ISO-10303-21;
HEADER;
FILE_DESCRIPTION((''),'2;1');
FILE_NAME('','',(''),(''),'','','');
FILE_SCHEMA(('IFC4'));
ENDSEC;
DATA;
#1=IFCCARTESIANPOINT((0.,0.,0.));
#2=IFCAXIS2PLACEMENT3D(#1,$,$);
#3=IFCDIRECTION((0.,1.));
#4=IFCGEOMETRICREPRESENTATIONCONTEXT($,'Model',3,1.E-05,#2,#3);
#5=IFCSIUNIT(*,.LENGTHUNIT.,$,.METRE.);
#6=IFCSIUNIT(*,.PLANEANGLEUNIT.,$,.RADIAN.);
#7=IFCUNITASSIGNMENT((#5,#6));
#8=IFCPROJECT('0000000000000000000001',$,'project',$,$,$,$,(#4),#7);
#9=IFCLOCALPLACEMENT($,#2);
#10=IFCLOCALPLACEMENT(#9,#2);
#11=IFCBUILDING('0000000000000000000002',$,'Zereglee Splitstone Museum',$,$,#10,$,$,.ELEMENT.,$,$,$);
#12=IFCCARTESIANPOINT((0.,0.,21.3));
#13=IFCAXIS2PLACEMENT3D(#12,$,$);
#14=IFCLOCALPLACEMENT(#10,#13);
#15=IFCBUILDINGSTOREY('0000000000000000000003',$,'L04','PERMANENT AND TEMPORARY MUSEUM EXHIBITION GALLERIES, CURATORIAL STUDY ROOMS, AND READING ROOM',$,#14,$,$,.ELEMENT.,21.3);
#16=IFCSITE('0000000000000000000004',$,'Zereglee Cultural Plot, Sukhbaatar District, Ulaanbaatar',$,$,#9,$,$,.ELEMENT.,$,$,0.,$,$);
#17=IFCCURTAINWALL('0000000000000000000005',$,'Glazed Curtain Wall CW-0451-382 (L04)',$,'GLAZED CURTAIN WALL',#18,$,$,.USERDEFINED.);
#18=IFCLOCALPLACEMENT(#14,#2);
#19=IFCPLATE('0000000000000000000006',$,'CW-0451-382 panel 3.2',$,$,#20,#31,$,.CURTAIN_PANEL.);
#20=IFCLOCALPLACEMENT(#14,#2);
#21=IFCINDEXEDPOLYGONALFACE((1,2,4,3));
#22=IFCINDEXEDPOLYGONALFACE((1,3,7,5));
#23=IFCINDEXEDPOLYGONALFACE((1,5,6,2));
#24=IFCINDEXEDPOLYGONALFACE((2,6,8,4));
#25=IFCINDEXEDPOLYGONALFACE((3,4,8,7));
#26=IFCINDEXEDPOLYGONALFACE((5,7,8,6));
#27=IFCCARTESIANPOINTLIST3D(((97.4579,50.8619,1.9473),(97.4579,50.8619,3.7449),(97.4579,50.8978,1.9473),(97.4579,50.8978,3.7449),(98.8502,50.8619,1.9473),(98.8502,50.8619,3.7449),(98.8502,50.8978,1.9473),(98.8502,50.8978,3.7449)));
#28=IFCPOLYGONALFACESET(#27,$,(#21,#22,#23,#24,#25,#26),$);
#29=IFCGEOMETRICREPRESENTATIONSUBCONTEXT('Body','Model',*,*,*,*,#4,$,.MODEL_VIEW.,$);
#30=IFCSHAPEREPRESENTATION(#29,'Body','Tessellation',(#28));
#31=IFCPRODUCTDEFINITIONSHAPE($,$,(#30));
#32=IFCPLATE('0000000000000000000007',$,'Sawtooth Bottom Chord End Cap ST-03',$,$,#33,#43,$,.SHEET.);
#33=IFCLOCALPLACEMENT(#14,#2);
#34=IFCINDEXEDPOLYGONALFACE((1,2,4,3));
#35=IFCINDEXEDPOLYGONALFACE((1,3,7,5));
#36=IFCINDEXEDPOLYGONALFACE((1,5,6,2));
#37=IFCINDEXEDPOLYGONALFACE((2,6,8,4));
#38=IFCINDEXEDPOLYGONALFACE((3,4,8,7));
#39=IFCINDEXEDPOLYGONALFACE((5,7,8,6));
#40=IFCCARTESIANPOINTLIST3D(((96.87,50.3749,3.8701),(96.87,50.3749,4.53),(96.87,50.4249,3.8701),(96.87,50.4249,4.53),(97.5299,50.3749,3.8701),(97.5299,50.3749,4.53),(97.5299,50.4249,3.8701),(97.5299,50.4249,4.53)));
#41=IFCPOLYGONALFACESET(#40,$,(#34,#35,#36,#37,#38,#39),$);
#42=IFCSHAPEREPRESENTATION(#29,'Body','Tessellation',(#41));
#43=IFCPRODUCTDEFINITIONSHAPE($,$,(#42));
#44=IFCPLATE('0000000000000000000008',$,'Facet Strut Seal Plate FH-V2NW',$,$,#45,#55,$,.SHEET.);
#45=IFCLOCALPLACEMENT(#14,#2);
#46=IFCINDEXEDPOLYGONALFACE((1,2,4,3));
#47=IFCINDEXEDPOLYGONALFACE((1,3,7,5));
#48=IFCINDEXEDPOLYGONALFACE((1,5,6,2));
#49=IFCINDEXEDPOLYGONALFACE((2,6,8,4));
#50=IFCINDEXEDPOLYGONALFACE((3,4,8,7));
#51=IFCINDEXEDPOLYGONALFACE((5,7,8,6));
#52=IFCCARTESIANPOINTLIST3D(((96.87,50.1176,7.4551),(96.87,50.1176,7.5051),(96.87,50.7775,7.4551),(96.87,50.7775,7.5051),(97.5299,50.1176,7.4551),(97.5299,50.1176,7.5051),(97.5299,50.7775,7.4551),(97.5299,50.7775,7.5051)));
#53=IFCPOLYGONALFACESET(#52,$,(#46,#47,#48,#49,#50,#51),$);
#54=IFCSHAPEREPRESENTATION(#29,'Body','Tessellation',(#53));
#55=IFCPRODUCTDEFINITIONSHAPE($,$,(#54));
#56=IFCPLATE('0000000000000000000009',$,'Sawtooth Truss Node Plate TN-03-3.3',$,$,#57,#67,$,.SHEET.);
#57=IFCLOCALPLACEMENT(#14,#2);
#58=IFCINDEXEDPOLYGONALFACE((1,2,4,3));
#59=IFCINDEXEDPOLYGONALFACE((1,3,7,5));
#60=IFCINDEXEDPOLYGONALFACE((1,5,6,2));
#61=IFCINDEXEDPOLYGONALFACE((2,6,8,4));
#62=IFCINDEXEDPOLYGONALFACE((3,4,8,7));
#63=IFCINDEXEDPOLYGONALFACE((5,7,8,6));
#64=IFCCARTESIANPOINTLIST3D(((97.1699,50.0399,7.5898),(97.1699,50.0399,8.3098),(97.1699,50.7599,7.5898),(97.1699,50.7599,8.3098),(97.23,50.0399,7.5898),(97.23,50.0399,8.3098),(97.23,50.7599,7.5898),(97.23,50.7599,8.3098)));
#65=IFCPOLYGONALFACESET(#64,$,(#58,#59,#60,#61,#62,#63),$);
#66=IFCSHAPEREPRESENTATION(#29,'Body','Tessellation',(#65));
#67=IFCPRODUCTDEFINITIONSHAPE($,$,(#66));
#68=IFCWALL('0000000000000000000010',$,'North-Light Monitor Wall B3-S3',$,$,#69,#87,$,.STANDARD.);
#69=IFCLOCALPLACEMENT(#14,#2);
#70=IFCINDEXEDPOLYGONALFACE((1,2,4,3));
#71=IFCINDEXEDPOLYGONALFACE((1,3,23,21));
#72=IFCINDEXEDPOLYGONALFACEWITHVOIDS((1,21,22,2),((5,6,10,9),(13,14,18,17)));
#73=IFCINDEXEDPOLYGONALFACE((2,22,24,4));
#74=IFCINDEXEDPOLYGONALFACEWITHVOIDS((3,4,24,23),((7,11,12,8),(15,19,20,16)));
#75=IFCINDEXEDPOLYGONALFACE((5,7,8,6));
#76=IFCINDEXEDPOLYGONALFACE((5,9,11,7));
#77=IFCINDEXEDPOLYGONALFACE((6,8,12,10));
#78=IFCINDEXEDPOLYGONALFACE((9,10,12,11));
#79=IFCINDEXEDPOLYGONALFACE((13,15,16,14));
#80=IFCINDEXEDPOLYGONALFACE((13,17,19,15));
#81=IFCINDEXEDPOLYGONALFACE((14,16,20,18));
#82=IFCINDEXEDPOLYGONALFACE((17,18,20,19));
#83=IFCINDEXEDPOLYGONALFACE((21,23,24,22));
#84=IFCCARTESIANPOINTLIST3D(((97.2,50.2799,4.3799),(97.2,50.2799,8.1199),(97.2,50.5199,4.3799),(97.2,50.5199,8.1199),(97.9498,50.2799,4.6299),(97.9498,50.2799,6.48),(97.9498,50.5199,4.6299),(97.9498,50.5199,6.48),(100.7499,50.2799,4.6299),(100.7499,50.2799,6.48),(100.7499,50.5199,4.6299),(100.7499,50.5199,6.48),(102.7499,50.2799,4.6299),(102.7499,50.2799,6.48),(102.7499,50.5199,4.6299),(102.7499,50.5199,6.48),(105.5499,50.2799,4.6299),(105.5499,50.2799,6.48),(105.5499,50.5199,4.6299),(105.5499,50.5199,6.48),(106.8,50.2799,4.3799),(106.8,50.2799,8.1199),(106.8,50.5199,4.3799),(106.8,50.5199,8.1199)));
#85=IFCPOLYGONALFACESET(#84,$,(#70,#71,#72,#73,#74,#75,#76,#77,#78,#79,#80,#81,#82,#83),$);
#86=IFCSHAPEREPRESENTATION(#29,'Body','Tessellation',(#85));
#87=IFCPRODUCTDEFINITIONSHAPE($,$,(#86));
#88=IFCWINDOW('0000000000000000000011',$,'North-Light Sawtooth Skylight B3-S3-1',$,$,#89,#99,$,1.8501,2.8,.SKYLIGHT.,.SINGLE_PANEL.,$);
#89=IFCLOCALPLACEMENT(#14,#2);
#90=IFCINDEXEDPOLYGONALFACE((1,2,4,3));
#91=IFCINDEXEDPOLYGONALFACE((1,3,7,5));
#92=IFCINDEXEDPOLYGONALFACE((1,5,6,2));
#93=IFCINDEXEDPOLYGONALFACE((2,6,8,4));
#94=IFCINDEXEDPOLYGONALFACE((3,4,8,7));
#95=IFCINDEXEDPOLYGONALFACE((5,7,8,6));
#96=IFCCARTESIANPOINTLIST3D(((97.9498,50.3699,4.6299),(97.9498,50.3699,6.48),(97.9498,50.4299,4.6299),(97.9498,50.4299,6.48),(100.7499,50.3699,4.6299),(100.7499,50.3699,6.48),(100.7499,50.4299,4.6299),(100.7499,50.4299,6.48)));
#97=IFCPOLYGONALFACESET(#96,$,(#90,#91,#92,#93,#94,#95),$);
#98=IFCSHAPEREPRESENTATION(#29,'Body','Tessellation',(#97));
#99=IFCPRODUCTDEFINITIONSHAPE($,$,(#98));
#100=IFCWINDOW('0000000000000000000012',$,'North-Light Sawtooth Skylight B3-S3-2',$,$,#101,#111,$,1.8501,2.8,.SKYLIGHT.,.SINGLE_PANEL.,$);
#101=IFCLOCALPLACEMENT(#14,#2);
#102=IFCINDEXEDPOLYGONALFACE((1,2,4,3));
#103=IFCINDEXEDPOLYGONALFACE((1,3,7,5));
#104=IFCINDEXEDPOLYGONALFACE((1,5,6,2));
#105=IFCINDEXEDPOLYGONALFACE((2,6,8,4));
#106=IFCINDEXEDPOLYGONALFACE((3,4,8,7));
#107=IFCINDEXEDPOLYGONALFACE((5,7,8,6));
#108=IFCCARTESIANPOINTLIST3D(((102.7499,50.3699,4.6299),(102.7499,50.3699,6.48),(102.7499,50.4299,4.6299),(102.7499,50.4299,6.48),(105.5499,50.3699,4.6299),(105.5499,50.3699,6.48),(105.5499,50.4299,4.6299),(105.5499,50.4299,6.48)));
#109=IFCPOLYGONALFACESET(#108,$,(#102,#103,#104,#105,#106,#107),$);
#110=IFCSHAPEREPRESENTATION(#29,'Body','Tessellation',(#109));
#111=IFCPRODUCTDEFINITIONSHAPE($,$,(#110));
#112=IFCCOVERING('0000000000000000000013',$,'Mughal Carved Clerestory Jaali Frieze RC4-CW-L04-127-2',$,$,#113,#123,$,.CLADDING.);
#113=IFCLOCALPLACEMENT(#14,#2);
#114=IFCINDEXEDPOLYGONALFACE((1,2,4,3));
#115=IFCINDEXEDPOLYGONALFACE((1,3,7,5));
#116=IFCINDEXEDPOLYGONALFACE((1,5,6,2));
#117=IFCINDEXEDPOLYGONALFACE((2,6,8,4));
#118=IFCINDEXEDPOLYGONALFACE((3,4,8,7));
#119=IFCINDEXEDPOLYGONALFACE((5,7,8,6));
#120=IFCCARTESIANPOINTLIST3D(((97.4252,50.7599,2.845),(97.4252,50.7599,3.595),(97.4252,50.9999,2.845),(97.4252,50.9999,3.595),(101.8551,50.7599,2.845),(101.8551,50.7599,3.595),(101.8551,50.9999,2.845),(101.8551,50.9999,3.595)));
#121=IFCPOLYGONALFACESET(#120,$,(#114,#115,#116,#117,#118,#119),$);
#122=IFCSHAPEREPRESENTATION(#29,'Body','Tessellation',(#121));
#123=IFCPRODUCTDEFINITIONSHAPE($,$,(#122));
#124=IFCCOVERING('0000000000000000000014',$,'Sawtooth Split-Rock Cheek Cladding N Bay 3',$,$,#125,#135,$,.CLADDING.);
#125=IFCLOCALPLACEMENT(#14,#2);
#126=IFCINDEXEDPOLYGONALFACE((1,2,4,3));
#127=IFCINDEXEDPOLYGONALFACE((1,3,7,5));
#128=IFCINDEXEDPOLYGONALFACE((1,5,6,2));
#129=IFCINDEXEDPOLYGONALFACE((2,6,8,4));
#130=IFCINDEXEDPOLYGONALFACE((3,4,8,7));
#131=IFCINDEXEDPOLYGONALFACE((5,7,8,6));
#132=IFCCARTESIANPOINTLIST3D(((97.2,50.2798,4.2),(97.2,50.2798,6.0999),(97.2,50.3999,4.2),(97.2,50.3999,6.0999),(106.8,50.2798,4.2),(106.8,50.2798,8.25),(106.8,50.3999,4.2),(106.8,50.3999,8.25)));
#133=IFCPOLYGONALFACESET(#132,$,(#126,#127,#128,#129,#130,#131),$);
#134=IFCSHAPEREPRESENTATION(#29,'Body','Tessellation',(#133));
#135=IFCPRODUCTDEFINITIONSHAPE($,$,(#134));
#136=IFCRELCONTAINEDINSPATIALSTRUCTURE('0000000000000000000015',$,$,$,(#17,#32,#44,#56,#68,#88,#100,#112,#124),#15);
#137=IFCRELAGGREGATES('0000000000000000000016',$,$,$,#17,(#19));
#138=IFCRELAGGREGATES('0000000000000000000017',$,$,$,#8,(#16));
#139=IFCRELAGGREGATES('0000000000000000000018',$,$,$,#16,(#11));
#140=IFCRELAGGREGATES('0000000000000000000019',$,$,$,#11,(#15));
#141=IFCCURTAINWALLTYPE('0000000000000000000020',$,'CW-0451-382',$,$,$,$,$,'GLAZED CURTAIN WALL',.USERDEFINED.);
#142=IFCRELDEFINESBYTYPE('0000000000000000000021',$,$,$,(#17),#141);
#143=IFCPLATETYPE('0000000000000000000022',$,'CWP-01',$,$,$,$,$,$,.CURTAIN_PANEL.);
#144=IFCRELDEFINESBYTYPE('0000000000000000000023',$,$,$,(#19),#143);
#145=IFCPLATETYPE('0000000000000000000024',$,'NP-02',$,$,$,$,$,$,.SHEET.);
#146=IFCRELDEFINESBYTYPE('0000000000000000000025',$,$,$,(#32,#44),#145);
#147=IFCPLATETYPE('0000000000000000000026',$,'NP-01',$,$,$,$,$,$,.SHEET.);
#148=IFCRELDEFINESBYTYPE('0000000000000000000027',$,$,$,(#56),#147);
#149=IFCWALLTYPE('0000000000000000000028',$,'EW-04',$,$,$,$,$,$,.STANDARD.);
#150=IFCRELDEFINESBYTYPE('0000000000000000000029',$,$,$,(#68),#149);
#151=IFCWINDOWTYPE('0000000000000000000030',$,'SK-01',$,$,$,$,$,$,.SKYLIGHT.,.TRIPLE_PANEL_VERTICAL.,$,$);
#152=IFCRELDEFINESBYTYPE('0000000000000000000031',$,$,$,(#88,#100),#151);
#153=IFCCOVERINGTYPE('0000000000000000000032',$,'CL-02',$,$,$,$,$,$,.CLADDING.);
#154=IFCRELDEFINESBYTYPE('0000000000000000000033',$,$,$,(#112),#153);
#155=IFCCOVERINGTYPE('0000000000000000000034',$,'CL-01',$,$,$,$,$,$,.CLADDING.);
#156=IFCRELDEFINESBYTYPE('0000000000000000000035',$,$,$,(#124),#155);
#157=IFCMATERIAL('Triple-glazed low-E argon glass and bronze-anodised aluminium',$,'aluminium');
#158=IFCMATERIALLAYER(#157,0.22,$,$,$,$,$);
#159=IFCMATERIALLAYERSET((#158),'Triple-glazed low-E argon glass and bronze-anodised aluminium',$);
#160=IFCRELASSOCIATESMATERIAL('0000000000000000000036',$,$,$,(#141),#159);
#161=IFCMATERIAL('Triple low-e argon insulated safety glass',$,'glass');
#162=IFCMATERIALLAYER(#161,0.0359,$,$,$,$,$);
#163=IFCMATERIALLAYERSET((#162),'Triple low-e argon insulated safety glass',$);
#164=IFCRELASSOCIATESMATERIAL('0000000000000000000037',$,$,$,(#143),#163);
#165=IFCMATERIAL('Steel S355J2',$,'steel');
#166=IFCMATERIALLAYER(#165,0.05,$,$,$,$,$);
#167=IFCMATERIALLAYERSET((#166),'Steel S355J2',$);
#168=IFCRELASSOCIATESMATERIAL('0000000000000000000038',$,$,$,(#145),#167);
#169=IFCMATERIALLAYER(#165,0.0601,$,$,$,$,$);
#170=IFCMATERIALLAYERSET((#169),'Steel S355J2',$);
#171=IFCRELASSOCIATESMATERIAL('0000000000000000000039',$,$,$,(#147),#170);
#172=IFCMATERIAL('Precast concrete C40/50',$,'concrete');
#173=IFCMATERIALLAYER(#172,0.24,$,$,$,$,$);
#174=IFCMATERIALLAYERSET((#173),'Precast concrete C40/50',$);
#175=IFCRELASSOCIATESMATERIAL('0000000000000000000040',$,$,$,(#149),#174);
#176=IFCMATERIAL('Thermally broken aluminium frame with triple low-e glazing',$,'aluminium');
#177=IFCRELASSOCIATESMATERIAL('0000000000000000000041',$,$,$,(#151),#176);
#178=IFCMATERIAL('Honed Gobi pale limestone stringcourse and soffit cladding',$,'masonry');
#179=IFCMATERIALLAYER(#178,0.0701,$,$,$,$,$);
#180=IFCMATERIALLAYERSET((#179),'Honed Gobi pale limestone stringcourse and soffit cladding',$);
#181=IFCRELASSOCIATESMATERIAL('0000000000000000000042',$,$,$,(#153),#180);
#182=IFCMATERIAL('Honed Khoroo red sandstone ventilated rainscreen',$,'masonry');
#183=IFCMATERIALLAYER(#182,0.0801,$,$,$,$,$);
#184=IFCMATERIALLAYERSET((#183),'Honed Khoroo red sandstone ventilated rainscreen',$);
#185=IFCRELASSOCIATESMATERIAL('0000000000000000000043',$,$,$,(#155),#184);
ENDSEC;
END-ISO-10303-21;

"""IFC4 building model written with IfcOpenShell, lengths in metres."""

from ifc_helpers import new_model, si_unit, direction, frame, frame_2d, origin, origin_2d, place, context, subcontext, project, spatial, polyline, rectangle, outline, extrude, material, layer, layer_set, type_object, element, fill, aggregate, save


model = new_model("IFC4")

# Units and contexts
model_context = context("Model", 3, precision=1e-05, world=origin(), true_north=direction((0.0, 1.0)))
body_context = subcontext(model_context, "Body", "Model", "MODEL_VIEW")
ifc_project = project(units=[si_unit("LENGTHUNIT", "METRE"), si_unit("PLANEANGLEUNIT", "RADIAN")], contexts=[model_context])

# Site, building, storey
site_placement = place(None, origin())
site = spatial("IfcSite", under=ifc_project, at=site_placement, Name="Zereglee Cultural Plot, Sukhbaatar District, Ulaanbaatar", CompositionType="ELEMENT", RefElevation=0.0)
building_placement = place(site_placement, origin())
building = spatial("IfcBuilding", under=site, at=building_placement, Name="Zereglee Splitstone Museum", CompositionType="ELEMENT")
storey_placement = place(building_placement, frame((0.0, 0.0, 21.3)))
storey = spatial("IfcBuildingStorey", under=building, at=storey_placement, Name="L04", Description="PERMANENT AND TEMPORARY MUSEUM EXHIBITION GALLERIES, CURATORIAL STUDY ROOMS, AND READING ROOM", CompositionType="ELEMENT", Elevation=21.3)

# Curtain wall
ifc_material_1 = material(Name="Triple-glazed low-E argon glass and bronze-anodised aluminium", Category="aluminium")
ifc_layer_1 = layer(ifc_material_1, 0.22)
ifc_layer_set_1 = layer_set([ifc_layer_1], Name="Triple-glazed low-E argon glass and bronze-anodised aluminium")
curtain_wall_type_1 = type_object("IfcCurtainWallType", Name="CW-0451-382", ElementType="GLAZED CURTAIN WALL", PredefinedType="USERDEFINED", material=ifc_layer_set_1)
curtain_wall_1_placement = place(storey_placement, origin())
curtain_wall_1 = element("IfcCurtainWall", 1, at=curtain_wall_1_placement, inside=storey, type_object=curtain_wall_type_1, Name="Glazed Curtain Wall CW-0451-382 (L04)", ObjectType="GLAZED CURTAIN WALL", PredefinedType="USERDEFINED")

# Shared definitions
ifc_material_2 = material(Name="Steel S355J2", Category="steel")

# Plate
ifc_material_3 = material(Name="Triple low-e argon insulated safety glass", Category="glass")
ifc_layer_2 = layer(ifc_material_3, 0.0359)
ifc_layer_set_2 = layer_set([ifc_layer_2], Name="Triple low-e argon insulated safety glass")
plate_type_1 = type_object("IfcPlateType", Name="CWP-01", PredefinedType="CURTAIN_PANEL", material=ifc_layer_set_2)
plate_1_placement = place(storey_placement, frame((98.1541, 50.8799, 1.9473), z_axis=(0.0, 0.0, 1.0), x_axis=(-1.0, 0.0, 0.0)))
plate_1 = element("IfcPlate", 2, at=plate_1_placement, type_object=plate_type_1, Name="CW-0451-382 panel 3.2", PredefinedType="CURTAIN_PANEL", context=body_context, shape_type="SweptSolid", body=[
    extrude(rectangle(XDim=1.3923, YDim=0.0359, at=origin_2d()), origin(), (0.0, 0.0, 1.0), 1.7976),
])
aggregate(curtain_wall_1, [plate_1])

# Plates
ifc_layer_3 = layer(ifc_material_2, 0.05)
ifc_layer_set_3 = layer_set([ifc_layer_3], Name="Steel S355J2")
plate_type_2 = type_object("IfcPlateType", Name="NP-02", PredefinedType="SHEET", material=ifc_layer_set_3)
plate_2_placement = place(storey_placement, frame((97.2, 50.3999, 3.8701), z_axis=(0.0, 0.0, 1.0), x_axis=(1.0, 0.0, 0.0)))
element("IfcPlate", 3, at=plate_2_placement, inside=storey, type_object=plate_type_2, Name="Sawtooth Bottom Chord End Cap ST-03", PredefinedType="SHEET", context=body_context, shape_type="SweptSolid", body=[
    extrude(rectangle(XDim=0.6599, YDim=0.05, at=origin_2d()), origin(), (0.0, 0.0, 1.0), 0.6599),
])
plate_3_placement = place(storey_placement, frame((97.2, 50.4475, 7.4551), z_axis=(0.0, 0.0, 1.0), x_axis=(1.0, 0.0, 0.0)))
element("IfcPlate", 4, at=plate_3_placement, inside=storey, type_object=plate_type_2, Name="Facet Strut Seal Plate FH-V2NW", PredefinedType="SHEET", context=body_context, shape_type="SweptSolid", body=[
    extrude(rectangle(XDim=0.6599, YDim=0.6599, at=origin_2d()), origin(), (0.0, 0.0, 1.0), 0.05),
])
ifc_layer_4 = layer(ifc_material_2, 0.0601)
ifc_layer_set_4 = layer_set([ifc_layer_4], Name="Steel S355J2")
plate_type_3 = type_object("IfcPlateType", Name="NP-01", PredefinedType="SHEET", material=ifc_layer_set_4)
plate_4_placement = place(storey_placement, frame((97.2, 50.3999, 7.5898), z_axis=(0.0, 0.0, 1.0), x_axis=(1.0, 0.0, 0.0)))
element("IfcPlate", 5, at=plate_4_placement, inside=storey, type_object=plate_type_3, Name="Sawtooth Truss Node Plate TN-03-3.3", PredefinedType="SHEET", context=body_context, shape_type="SweptSolid", body=[
    extrude(rectangle(XDim=0.0601, YDim=0.72, at=origin_2d()), origin(), (0.0, 0.0, 1.0), 0.72),
])

# Wall, openings, windows
ifc_material_4 = material(Name="Precast concrete C40/50", Category="concrete")
ifc_layer_5 = layer(ifc_material_4, 0.24)
ifc_layer_set_5 = layer_set([ifc_layer_5], Name="Precast concrete C40/50")
wall_type = type_object("IfcWallType", Name="EW-04", PredefinedType="STANDARD", material=ifc_layer_set_5)
wall_placement = place(storey_placement, frame((97.2, 50.3999, 4.3799), z_axis=(0.0, 0.0, 1.0), x_axis=(1.0, 0.0, 0.0)))
wall = element("IfcWall", 6, at=wall_placement, inside=storey, type_object=wall_type, Name="North-Light Monitor Wall B3-S3", PredefinedType="STANDARD", context=body_context, shape_type="SweptSolid", body=[
    extrude(rectangle(XDim=9.6001, YDim=0.24, at=frame_2d((4.8, 0.0))), origin(), (0.0, 0.0, 1.0), 3.74),
])
opening_1_placement = place(wall_placement, frame((0.75, 0.0, 0.25)))
opening_1 = element("IfcOpeningElement", 7, at=opening_1_placement, cuts=wall, PredefinedType="OPENING", context=body_context, shape_type="SweptSolid", body=[
    extrude(rectangle(XDim=2.8, YDim=1.8501, at=frame_2d((1.3999, 0.925))), frame((0.0, 0.1348, 0.0), z_axis=(0.0, -1.0, 0.0), x_axis=(1.0, 0.0, 0.0)), (0.0, 0.0, 1.0), 0.2698),
])
opening_2_placement = place(wall_placement, frame((5.55, 0.0, 0.25)))
opening_2 = element("IfcOpeningElement", 8, at=opening_2_placement, cuts=wall, PredefinedType="OPENING", context=body_context, shape_type="SweptSolid", body=[
    extrude(rectangle(XDim=2.8, YDim=1.8501, at=frame_2d((1.3999, 0.925))), frame((0.0, 0.1348, 0.0), z_axis=(0.0, -1.0, 0.0), x_axis=(1.0, 0.0, 0.0)), (0.0, 0.0, 1.0), 0.2698),
])
ifc_material_5 = material(Name="Thermally broken aluminium frame with triple low-e glazing", Category="aluminium")
window_type = type_object("IfcWindowType", Name="SK-01", PartitioningType="TRIPLE_PANEL_VERTICAL", PredefinedType="SKYLIGHT", material=ifc_material_5)
window_1_placement = place(opening_1_placement, origin())
window_1 = element("IfcWindow", 9, at=window_1_placement, inside=storey, type_object=window_type, Name="North-Light Sawtooth Skylight B3-S3-1", OverallHeight=1.8501, OverallWidth=2.8, PartitioningType="SINGLE_PANEL", PredefinedType="SKYLIGHT", context=body_context, shape_type="SweptSolid", body=[
    extrude(rectangle(XDim=2.8, YDim=1.8501, at=frame_2d((1.3999, 0.925))), frame((0.0, 0.03, 0.0), z_axis=(0.0, -1.0, 0.0), x_axis=(1.0, 0.0, 0.0)), (0.0, 0.0, 1.0), 0.0601),
])
fill(opening_1, window_1)
window_2_placement = place(opening_2_placement, origin())
window_2 = element("IfcWindow", 10, at=window_2_placement, inside=storey, type_object=window_type, Name="North-Light Sawtooth Skylight B3-S3-2", OverallHeight=1.8501, OverallWidth=2.8, PartitioningType="SINGLE_PANEL", PredefinedType="SKYLIGHT", context=body_context, shape_type="SweptSolid", body=[
    extrude(rectangle(XDim=2.8, YDim=1.8501, at=frame_2d((1.3999, 0.925))), frame((0.0, 0.03, 0.0), z_axis=(0.0, -1.0, 0.0), x_axis=(1.0, 0.0, 0.0)), (0.0, 0.0, 1.0), 0.0601),
])
fill(opening_2, window_2)

# Coverings
ifc_material_6 = material(Name="Honed Gobi pale limestone stringcourse and soffit cladding", Category="masonry")
ifc_layer_6 = layer(ifc_material_6, 0.0701)
ifc_layer_set_6 = layer_set([ifc_layer_6], Name="Honed Gobi pale limestone stringcourse and soffit cladding")
covering_type_1 = type_object("IfcCoveringType", Name="CL-02", PredefinedType="CLADDING", material=ifc_layer_set_6)
covering_1_placement = place(storey_placement, frame((99.6401, 50.8799, 2.845), z_axis=(0.0, 0.0, 1.0), x_axis=(-1.0, 0.0, 0.0)))
element("IfcCovering", 11, at=covering_1_placement, inside=storey, type_object=covering_type_1, Name="Mughal Carved Clerestory Jaali Frieze RC4-CW-L04-127-2", PredefinedType="CLADDING", context=body_context, shape_type="SweptSolid", body=[
    extrude(rectangle(XDim=4.4299, YDim=0.24, at=origin_2d()), origin(), (0.0, 0.0, 1.0), 0.75),
])
ifc_material_7 = material(Name="Honed Khoroo red sandstone ventilated rainscreen", Category="masonry")
ifc_layer_7 = layer(ifc_material_7, 0.0801)
ifc_layer_set_7 = layer_set([ifc_layer_7], Name="Honed Khoroo red sandstone ventilated rainscreen")
covering_type_2 = type_object("IfcCoveringType", Name="CL-01", PredefinedType="CLADDING", material=ifc_layer_set_7)
covering_2_placement = place(storey_placement, frame((97.2, 50.3999, 6.0999), z_axis=(0.0, 1.0, 0.0), x_axis=(0.975824, 0.0, 0.218557)))
element("IfcCovering", 12, at=covering_2_placement, inside=storey, type_object=covering_type_2, Name="Sawtooth Split-Rock Cheek Cladding N Bay 3", PredefinedType="CLADDING", context=body_context, shape_type="SweptSolid", body=[
    extrude(outline(polyline([(0.0, 0.0), (9.8379, 0.0), (8.9528, 3.9521), (-0.4152, 1.854), (0.0, 0.0)])), origin(), (0.0, 0.0, -1.0), 0.1201),
])

save(model, "model.ifc")
